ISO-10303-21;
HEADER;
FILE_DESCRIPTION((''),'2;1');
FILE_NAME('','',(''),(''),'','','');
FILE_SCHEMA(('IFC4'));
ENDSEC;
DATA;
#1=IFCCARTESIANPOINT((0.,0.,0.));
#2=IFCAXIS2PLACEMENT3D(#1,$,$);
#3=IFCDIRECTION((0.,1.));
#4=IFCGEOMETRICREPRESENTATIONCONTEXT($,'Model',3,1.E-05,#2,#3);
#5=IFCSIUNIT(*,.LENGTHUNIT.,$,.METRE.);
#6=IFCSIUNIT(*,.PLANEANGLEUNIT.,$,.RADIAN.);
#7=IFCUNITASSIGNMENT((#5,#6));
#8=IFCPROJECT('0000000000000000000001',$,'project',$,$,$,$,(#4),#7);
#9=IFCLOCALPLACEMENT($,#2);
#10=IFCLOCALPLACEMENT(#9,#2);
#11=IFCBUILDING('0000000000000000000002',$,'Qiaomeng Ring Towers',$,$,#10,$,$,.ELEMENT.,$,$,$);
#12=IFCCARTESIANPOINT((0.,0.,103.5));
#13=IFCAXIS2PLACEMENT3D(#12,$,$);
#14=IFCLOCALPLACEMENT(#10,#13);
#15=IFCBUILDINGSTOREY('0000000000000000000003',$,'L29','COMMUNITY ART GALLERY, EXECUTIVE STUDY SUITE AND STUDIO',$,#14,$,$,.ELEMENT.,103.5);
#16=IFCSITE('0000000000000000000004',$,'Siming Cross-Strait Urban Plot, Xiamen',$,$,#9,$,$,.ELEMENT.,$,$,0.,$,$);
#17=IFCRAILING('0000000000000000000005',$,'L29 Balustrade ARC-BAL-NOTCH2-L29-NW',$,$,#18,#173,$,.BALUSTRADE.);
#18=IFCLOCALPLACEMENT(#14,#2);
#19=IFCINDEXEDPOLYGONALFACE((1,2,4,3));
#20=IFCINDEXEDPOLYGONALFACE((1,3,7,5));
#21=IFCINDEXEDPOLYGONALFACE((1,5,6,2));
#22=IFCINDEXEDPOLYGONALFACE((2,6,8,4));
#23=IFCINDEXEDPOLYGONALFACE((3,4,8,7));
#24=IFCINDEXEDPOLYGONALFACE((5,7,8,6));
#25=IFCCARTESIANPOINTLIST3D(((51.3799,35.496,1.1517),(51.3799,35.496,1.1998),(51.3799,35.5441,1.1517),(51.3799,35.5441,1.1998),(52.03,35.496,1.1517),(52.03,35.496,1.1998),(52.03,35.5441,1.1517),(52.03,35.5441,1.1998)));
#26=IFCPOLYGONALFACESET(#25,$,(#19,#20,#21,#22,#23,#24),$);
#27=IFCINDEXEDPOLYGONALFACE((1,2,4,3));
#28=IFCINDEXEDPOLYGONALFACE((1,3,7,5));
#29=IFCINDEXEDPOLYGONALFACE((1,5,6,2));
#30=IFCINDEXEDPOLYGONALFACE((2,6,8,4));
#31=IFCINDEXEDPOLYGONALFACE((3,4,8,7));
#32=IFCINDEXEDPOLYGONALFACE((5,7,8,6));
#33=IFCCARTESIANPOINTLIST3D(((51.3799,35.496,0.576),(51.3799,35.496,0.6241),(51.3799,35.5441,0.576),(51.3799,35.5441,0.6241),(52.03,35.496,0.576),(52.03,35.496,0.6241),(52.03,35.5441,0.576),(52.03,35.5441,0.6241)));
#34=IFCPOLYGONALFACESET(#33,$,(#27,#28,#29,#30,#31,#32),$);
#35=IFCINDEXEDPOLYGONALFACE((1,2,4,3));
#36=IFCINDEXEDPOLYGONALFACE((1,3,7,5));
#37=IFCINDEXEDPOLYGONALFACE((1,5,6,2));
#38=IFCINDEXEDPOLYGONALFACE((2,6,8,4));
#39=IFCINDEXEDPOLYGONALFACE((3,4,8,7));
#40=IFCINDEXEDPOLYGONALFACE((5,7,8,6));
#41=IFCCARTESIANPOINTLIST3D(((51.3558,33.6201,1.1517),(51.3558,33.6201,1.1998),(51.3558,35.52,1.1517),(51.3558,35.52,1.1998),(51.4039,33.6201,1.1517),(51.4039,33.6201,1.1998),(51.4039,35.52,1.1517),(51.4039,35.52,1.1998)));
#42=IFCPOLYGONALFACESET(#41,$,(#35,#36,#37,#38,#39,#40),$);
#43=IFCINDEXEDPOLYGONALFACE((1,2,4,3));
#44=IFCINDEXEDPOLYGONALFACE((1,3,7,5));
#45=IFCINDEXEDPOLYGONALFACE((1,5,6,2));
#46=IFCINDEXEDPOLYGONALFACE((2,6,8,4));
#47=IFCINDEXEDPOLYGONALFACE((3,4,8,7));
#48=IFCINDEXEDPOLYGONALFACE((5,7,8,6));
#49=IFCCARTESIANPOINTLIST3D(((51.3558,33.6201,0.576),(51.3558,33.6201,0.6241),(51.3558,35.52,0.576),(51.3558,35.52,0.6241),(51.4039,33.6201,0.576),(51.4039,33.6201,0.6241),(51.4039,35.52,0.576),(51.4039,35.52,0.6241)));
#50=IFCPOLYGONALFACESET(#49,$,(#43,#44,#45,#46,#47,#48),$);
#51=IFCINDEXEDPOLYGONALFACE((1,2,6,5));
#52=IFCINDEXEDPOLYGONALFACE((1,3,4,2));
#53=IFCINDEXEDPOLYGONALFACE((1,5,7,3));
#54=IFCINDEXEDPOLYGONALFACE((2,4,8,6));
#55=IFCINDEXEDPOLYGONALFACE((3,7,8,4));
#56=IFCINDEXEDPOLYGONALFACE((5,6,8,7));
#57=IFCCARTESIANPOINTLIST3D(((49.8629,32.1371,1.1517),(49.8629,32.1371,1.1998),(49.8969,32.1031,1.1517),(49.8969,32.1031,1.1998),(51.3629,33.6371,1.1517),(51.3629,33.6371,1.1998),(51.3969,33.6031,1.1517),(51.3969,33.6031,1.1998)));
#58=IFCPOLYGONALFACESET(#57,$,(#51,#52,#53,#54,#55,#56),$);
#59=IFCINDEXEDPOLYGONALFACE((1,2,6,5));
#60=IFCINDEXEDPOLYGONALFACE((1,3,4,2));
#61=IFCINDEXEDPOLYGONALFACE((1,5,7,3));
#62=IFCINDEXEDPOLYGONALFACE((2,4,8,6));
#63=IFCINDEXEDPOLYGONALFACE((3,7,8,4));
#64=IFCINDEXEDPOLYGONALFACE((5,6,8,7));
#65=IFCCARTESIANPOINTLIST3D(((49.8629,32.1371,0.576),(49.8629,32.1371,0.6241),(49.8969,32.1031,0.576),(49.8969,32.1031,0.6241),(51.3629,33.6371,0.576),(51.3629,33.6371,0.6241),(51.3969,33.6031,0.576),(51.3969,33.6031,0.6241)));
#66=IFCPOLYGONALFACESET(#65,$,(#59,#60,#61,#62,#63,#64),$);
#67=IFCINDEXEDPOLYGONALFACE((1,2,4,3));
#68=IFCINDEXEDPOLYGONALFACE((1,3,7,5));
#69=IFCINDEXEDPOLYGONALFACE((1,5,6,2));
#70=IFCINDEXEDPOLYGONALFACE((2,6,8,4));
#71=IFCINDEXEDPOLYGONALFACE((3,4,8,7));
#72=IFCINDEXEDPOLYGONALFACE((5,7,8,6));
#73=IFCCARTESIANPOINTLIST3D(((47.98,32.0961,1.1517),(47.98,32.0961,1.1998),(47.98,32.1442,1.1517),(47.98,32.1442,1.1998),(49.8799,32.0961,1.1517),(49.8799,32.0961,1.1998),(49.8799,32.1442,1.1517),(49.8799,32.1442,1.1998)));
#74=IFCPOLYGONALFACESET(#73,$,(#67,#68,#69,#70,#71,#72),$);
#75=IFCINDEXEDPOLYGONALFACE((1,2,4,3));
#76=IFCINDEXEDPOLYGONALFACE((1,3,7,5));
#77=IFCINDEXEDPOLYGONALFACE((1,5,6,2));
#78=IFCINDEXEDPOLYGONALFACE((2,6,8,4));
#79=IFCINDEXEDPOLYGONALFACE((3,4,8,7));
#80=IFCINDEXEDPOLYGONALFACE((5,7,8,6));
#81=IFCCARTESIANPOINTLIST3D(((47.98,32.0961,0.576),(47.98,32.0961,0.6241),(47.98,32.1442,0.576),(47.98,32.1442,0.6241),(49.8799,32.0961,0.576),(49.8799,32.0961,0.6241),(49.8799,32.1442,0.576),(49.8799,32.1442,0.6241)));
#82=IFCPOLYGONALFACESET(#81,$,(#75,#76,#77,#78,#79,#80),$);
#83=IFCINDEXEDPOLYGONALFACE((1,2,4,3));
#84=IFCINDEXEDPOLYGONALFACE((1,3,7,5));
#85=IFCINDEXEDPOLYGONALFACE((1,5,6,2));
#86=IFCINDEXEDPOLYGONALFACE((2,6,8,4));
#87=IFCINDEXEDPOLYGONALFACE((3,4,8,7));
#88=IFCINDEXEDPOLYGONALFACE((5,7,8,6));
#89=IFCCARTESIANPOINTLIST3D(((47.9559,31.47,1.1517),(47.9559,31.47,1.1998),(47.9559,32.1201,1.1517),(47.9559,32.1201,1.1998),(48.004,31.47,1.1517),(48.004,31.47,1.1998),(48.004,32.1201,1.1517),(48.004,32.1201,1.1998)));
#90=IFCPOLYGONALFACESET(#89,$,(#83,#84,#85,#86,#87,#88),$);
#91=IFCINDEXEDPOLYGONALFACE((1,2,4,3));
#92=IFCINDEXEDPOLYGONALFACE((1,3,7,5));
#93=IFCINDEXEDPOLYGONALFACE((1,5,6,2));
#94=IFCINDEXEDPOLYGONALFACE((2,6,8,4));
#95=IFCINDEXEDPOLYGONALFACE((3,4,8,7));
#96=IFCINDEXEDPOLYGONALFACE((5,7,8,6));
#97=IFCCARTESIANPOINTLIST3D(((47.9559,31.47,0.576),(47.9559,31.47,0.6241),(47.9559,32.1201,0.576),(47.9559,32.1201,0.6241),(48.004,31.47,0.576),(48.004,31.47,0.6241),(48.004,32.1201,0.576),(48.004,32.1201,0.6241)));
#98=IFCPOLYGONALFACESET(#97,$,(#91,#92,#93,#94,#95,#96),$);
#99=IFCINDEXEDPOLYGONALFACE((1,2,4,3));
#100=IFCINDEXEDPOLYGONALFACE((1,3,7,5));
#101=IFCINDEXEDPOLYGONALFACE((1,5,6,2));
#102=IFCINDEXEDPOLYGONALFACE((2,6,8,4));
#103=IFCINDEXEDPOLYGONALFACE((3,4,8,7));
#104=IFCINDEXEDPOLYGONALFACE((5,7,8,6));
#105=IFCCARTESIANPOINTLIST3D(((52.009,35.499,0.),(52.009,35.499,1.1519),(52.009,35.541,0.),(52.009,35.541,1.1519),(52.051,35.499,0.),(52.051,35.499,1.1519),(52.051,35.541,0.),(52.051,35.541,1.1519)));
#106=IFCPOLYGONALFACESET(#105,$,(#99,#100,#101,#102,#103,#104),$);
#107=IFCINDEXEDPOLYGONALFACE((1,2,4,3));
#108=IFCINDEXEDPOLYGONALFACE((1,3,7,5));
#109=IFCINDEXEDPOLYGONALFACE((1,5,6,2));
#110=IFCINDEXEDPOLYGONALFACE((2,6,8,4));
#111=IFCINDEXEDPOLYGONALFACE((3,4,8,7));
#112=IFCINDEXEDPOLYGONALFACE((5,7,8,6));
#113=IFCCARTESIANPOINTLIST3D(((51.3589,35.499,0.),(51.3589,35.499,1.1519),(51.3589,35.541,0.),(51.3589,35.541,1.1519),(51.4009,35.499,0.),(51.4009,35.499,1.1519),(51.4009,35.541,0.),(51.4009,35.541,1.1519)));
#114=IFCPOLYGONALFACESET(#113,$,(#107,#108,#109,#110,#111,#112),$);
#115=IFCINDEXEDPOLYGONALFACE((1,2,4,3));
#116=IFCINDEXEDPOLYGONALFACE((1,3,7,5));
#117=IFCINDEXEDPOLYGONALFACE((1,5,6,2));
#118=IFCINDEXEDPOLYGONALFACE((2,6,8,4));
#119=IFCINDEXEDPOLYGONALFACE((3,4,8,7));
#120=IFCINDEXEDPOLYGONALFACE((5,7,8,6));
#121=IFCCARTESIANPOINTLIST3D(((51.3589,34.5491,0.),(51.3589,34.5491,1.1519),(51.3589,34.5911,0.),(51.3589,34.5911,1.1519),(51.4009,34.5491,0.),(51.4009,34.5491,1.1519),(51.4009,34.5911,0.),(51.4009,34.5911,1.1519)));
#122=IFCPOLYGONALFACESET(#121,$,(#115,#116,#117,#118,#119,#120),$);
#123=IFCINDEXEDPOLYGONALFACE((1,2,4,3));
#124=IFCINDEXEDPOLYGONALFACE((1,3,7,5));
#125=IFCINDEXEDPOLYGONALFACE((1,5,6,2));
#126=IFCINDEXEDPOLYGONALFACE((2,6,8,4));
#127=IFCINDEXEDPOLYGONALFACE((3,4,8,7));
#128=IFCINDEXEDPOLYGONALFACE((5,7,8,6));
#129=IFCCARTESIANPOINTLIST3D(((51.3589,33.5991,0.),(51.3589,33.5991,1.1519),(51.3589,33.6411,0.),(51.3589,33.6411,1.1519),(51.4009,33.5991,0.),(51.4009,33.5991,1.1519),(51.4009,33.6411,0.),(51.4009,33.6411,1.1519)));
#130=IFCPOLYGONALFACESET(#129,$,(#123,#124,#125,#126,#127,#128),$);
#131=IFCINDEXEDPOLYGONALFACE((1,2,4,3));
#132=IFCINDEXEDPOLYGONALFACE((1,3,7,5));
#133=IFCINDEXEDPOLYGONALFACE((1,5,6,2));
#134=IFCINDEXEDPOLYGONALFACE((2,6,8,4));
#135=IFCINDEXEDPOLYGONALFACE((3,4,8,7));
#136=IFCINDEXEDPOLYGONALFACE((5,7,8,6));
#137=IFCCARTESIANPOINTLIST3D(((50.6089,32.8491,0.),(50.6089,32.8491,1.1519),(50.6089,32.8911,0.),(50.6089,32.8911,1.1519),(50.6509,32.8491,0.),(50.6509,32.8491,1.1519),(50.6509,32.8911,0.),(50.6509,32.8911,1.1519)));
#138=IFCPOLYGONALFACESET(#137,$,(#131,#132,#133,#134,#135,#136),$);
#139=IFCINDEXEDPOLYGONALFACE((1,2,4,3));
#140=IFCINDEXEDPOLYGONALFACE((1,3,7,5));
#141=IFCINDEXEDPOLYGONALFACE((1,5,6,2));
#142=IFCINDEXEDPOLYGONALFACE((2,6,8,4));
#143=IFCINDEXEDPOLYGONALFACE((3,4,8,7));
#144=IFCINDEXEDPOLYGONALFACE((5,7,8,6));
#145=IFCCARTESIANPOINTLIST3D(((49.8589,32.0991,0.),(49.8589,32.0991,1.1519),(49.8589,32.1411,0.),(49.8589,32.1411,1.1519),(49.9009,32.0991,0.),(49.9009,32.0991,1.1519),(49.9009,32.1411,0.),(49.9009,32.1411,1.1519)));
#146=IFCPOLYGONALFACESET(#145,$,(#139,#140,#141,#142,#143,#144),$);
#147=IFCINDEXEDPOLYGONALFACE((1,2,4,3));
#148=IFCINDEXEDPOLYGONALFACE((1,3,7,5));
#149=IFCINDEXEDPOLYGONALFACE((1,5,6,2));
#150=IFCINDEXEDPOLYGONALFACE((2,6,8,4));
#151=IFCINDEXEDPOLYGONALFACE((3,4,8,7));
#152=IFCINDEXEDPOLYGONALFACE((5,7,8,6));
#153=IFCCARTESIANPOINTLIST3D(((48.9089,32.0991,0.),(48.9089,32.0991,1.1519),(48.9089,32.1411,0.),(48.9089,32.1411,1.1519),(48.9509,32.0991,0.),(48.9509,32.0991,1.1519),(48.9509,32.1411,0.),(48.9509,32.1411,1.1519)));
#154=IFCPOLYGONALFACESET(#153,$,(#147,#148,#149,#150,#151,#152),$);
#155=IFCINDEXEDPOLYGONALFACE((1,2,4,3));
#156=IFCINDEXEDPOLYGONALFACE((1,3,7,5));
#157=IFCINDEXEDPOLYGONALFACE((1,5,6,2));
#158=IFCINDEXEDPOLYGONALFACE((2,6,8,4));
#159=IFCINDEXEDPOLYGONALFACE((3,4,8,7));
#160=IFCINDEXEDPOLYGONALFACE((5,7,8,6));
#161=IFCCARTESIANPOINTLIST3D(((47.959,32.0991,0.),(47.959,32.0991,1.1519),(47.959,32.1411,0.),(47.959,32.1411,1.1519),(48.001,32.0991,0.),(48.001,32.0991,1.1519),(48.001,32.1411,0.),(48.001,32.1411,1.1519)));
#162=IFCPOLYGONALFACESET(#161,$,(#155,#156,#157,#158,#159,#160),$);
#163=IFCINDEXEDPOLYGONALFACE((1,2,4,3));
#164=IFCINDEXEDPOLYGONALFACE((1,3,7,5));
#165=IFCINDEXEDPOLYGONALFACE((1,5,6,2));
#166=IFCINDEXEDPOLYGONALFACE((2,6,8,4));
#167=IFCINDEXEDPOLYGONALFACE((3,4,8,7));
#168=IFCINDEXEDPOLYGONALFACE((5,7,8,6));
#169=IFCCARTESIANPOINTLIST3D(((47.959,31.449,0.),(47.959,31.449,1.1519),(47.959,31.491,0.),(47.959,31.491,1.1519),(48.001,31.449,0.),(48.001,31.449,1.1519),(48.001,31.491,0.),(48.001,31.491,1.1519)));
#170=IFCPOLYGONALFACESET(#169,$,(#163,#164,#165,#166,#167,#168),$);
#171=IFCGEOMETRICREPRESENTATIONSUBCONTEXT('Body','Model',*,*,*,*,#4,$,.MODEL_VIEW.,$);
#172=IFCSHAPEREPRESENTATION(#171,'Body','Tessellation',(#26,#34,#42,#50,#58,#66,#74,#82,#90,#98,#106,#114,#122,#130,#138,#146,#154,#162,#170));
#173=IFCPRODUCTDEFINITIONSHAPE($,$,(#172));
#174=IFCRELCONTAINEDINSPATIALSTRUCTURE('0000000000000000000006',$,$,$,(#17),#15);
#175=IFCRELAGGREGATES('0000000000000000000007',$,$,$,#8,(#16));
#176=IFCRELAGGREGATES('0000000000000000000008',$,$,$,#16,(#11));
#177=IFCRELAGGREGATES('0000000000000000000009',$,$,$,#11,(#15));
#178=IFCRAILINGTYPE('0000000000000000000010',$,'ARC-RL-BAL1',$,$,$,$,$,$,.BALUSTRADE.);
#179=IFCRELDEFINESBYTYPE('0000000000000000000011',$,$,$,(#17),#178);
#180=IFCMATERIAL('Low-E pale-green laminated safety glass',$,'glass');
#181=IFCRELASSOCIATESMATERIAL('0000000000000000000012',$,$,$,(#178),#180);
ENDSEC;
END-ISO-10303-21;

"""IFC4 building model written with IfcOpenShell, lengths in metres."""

from ifc_helpers import new_model, si_unit, direction, frame, origin, origin_2d, place, context, subcontext, project, spatial, rectangle, extrude, material, type_object, element, save


model = new_model("IFC4")

# Units and contexts
model_context = context("Model", 3, precision=1e-05, world=origin(), true_north=direction((0.0, 1.0)))
body_context = subcontext(model_context, "Body", "Model", "MODEL_VIEW")
ifc_project = project(units=[si_unit("LENGTHUNIT", "METRE"), si_unit("PLANEANGLEUNIT", "RADIAN")], contexts=[model_context])

# Site, building, storey
site_placement = place(None, origin())
site = spatial("IfcSite", under=ifc_project, at=site_placement, Name="Siming Cross-Strait Urban Plot, Xiamen", CompositionType="ELEMENT", RefElevation=0.0)
building_placement = place(site_placement, origin())
building = spatial("IfcBuilding", under=site, at=building_placement, Name="Qiaomeng Ring Towers", CompositionType="ELEMENT")
storey_placement = place(building_placement, frame((0.0, 0.0, 103.5)))
storey = spatial("IfcBuildingStorey", under=building, at=storey_placement, Name="L29", Description="COMMUNITY ART GALLERY, EXECUTIVE STUDY SUITE AND STUDIO", CompositionType="ELEMENT", Elevation=103.5)

# Railing
ifc_material_1 = material(Name="Low-E pale-green laminated safety glass", Category="glass")
railing_type = type_object("IfcRailingType", Name="ARC-RL-BAL1", PredefinedType="BALUSTRADE", material=ifc_material_1)
railing_1_placement = place(storey_placement, frame((52.03, 35.52, 0.0)))
element("IfcRailing", 1, at=railing_1_placement, inside=storey, type_object=railing_type, Name="L29 Balustrade ARC-BAL-NOTCH2-L29-NW", PredefinedType="BALUSTRADE", context=body_context, shape_type="SweptSolid", body=[
    extrude(rectangle(XDim=0.0481, YDim=0.0481, at=origin_2d()), frame((0.0, 0.0, 1.1758), z_axis=(-1.0, 0.0, 0.0), x_axis=(0.0, -1.0, 0.0)), (0.0, 0.0, 1.0), 0.6501),
    extrude(rectangle(XDim=0.0481, YDim=0.0481, at=origin_2d()), frame((0.0, 0.0, 0.6001), z_axis=(-1.0, 0.0, 0.0), x_axis=(0.0, -1.0, 0.0)), (0.0, 0.0, 1.0), 0.6501),
    extrude(rectangle(XDim=0.0481, YDim=0.0481, at=origin_2d()), frame((-0.6501, 0.0, 1.1758), z_axis=(0.0, -1.0, 0.0), x_axis=(1.0, 0.0, 0.0)), (0.0, 0.0, 1.0), 1.8999),
    extrude(rectangle(XDim=0.0481, YDim=0.0481, at=origin_2d()), frame((-0.6501, 0.0, 0.6001), z_axis=(0.0, -1.0, 0.0), x_axis=(1.0, 0.0, 0.0)), (0.0, 0.0, 1.0), 1.8999),
    extrude(rectangle(XDim=0.0481, YDim=0.0481, at=origin_2d()), frame((-0.6501, -1.8999, 1.1758), z_axis=(-0.707107, -0.707107, 0.0), x_axis=(0.707107, -0.707107, 0.0)), (0.0, 0.0, 1.0), 2.1213),
    extrude(rectangle(XDim=0.0481, YDim=0.0481, at=origin_2d()), frame((-0.6501, -1.8999, 0.6001), z_axis=(-0.707107, -0.707107, 0.0), x_axis=(0.707107, -0.707107, 0.0)), (0.0, 0.0, 1.0), 2.1213),
    extrude(rectangle(XDim=0.0481, YDim=0.0481, at=origin_2d()), frame((-2.1501, -3.3999, 1.1758), z_axis=(-1.0, 0.0, 0.0), x_axis=(0.0, -1.0, 0.0)), (0.0, 0.0, 1.0), 1.8999),
    extrude(rectangle(XDim=0.0481, YDim=0.0481, at=origin_2d()), frame((-2.1501, -3.3999, 0.6001), z_axis=(-1.0, 0.0, 0.0), x_axis=(0.0, -1.0, 0.0)), (0.0, 0.0, 1.0), 1.8999),
    extrude(rectangle(XDim=0.0481, YDim=0.0481, at=origin_2d()), frame((-4.05, -3.3999, 1.1758), z_axis=(0.0, -1.0, 0.0), x_axis=(1.0, 0.0, 0.0)), (0.0, 0.0, 1.0), 0.6501),
    extrude(rectangle(XDim=0.0481, YDim=0.0481, at=origin_2d()), frame((-4.05, -3.3999, 0.6001), z_axis=(0.0, -1.0, 0.0), x_axis=(1.0, 0.0, 0.0)), (0.0, 0.0, 1.0), 0.6501),
    extrude(rectangle(XDim=0.042, YDim=0.042, at=origin_2d()), origin(), (0.0, 0.0, 1.0), 1.1519),
    extrude(rectangle(XDim=0.042, YDim=0.042, at=origin_2d()), frame((-0.6501, 0.0, 0.0)), (0.0, 0.0, 1.0), 1.1519),
    extrude(rectangle(XDim=0.042, YDim=0.042, at=origin_2d()), frame((-0.6501, -0.95, 0.0)), (0.0, 0.0, 1.0), 1.1519),
    extrude(rectangle(XDim=0.042, YDim=0.042, at=origin_2d()), frame((-0.6501, -1.8999, 0.0)), (0.0, 0.0, 1.0), 1.1519),
    extrude(rectangle(XDim=0.042, YDim=0.042, at=origin_2d()), frame((-1.4001, -2.6499, 0.0)), (0.0, 0.0, 1.0), 1.1519),
    extrude(rectangle(XDim=0.042, YDim=0.042, at=origin_2d()), frame((-2.1501, -3.3999, 0.0)), (0.0, 0.0, 1.0), 1.1519),
    extrude(rectangle(XDim=0.042, YDim=0.042, at=origin_2d()), frame((-3.1001, -3.3999, 0.0)), (0.0, 0.0, 1.0), 1.1519),
    extrude(rectangle(XDim=0.042, YDim=0.042, at=origin_2d()), frame((-4.05, -3.3999, 0.0)), (0.0, 0.0, 1.0), 1.1519),
    extrude(rectangle(XDim=0.042, YDim=0.042, at=origin_2d()), frame((-4.05, -4.05, 0.0)), (0.0, 0.0, 1.0), 1.1519),
])

save(model, "model.ifc")
